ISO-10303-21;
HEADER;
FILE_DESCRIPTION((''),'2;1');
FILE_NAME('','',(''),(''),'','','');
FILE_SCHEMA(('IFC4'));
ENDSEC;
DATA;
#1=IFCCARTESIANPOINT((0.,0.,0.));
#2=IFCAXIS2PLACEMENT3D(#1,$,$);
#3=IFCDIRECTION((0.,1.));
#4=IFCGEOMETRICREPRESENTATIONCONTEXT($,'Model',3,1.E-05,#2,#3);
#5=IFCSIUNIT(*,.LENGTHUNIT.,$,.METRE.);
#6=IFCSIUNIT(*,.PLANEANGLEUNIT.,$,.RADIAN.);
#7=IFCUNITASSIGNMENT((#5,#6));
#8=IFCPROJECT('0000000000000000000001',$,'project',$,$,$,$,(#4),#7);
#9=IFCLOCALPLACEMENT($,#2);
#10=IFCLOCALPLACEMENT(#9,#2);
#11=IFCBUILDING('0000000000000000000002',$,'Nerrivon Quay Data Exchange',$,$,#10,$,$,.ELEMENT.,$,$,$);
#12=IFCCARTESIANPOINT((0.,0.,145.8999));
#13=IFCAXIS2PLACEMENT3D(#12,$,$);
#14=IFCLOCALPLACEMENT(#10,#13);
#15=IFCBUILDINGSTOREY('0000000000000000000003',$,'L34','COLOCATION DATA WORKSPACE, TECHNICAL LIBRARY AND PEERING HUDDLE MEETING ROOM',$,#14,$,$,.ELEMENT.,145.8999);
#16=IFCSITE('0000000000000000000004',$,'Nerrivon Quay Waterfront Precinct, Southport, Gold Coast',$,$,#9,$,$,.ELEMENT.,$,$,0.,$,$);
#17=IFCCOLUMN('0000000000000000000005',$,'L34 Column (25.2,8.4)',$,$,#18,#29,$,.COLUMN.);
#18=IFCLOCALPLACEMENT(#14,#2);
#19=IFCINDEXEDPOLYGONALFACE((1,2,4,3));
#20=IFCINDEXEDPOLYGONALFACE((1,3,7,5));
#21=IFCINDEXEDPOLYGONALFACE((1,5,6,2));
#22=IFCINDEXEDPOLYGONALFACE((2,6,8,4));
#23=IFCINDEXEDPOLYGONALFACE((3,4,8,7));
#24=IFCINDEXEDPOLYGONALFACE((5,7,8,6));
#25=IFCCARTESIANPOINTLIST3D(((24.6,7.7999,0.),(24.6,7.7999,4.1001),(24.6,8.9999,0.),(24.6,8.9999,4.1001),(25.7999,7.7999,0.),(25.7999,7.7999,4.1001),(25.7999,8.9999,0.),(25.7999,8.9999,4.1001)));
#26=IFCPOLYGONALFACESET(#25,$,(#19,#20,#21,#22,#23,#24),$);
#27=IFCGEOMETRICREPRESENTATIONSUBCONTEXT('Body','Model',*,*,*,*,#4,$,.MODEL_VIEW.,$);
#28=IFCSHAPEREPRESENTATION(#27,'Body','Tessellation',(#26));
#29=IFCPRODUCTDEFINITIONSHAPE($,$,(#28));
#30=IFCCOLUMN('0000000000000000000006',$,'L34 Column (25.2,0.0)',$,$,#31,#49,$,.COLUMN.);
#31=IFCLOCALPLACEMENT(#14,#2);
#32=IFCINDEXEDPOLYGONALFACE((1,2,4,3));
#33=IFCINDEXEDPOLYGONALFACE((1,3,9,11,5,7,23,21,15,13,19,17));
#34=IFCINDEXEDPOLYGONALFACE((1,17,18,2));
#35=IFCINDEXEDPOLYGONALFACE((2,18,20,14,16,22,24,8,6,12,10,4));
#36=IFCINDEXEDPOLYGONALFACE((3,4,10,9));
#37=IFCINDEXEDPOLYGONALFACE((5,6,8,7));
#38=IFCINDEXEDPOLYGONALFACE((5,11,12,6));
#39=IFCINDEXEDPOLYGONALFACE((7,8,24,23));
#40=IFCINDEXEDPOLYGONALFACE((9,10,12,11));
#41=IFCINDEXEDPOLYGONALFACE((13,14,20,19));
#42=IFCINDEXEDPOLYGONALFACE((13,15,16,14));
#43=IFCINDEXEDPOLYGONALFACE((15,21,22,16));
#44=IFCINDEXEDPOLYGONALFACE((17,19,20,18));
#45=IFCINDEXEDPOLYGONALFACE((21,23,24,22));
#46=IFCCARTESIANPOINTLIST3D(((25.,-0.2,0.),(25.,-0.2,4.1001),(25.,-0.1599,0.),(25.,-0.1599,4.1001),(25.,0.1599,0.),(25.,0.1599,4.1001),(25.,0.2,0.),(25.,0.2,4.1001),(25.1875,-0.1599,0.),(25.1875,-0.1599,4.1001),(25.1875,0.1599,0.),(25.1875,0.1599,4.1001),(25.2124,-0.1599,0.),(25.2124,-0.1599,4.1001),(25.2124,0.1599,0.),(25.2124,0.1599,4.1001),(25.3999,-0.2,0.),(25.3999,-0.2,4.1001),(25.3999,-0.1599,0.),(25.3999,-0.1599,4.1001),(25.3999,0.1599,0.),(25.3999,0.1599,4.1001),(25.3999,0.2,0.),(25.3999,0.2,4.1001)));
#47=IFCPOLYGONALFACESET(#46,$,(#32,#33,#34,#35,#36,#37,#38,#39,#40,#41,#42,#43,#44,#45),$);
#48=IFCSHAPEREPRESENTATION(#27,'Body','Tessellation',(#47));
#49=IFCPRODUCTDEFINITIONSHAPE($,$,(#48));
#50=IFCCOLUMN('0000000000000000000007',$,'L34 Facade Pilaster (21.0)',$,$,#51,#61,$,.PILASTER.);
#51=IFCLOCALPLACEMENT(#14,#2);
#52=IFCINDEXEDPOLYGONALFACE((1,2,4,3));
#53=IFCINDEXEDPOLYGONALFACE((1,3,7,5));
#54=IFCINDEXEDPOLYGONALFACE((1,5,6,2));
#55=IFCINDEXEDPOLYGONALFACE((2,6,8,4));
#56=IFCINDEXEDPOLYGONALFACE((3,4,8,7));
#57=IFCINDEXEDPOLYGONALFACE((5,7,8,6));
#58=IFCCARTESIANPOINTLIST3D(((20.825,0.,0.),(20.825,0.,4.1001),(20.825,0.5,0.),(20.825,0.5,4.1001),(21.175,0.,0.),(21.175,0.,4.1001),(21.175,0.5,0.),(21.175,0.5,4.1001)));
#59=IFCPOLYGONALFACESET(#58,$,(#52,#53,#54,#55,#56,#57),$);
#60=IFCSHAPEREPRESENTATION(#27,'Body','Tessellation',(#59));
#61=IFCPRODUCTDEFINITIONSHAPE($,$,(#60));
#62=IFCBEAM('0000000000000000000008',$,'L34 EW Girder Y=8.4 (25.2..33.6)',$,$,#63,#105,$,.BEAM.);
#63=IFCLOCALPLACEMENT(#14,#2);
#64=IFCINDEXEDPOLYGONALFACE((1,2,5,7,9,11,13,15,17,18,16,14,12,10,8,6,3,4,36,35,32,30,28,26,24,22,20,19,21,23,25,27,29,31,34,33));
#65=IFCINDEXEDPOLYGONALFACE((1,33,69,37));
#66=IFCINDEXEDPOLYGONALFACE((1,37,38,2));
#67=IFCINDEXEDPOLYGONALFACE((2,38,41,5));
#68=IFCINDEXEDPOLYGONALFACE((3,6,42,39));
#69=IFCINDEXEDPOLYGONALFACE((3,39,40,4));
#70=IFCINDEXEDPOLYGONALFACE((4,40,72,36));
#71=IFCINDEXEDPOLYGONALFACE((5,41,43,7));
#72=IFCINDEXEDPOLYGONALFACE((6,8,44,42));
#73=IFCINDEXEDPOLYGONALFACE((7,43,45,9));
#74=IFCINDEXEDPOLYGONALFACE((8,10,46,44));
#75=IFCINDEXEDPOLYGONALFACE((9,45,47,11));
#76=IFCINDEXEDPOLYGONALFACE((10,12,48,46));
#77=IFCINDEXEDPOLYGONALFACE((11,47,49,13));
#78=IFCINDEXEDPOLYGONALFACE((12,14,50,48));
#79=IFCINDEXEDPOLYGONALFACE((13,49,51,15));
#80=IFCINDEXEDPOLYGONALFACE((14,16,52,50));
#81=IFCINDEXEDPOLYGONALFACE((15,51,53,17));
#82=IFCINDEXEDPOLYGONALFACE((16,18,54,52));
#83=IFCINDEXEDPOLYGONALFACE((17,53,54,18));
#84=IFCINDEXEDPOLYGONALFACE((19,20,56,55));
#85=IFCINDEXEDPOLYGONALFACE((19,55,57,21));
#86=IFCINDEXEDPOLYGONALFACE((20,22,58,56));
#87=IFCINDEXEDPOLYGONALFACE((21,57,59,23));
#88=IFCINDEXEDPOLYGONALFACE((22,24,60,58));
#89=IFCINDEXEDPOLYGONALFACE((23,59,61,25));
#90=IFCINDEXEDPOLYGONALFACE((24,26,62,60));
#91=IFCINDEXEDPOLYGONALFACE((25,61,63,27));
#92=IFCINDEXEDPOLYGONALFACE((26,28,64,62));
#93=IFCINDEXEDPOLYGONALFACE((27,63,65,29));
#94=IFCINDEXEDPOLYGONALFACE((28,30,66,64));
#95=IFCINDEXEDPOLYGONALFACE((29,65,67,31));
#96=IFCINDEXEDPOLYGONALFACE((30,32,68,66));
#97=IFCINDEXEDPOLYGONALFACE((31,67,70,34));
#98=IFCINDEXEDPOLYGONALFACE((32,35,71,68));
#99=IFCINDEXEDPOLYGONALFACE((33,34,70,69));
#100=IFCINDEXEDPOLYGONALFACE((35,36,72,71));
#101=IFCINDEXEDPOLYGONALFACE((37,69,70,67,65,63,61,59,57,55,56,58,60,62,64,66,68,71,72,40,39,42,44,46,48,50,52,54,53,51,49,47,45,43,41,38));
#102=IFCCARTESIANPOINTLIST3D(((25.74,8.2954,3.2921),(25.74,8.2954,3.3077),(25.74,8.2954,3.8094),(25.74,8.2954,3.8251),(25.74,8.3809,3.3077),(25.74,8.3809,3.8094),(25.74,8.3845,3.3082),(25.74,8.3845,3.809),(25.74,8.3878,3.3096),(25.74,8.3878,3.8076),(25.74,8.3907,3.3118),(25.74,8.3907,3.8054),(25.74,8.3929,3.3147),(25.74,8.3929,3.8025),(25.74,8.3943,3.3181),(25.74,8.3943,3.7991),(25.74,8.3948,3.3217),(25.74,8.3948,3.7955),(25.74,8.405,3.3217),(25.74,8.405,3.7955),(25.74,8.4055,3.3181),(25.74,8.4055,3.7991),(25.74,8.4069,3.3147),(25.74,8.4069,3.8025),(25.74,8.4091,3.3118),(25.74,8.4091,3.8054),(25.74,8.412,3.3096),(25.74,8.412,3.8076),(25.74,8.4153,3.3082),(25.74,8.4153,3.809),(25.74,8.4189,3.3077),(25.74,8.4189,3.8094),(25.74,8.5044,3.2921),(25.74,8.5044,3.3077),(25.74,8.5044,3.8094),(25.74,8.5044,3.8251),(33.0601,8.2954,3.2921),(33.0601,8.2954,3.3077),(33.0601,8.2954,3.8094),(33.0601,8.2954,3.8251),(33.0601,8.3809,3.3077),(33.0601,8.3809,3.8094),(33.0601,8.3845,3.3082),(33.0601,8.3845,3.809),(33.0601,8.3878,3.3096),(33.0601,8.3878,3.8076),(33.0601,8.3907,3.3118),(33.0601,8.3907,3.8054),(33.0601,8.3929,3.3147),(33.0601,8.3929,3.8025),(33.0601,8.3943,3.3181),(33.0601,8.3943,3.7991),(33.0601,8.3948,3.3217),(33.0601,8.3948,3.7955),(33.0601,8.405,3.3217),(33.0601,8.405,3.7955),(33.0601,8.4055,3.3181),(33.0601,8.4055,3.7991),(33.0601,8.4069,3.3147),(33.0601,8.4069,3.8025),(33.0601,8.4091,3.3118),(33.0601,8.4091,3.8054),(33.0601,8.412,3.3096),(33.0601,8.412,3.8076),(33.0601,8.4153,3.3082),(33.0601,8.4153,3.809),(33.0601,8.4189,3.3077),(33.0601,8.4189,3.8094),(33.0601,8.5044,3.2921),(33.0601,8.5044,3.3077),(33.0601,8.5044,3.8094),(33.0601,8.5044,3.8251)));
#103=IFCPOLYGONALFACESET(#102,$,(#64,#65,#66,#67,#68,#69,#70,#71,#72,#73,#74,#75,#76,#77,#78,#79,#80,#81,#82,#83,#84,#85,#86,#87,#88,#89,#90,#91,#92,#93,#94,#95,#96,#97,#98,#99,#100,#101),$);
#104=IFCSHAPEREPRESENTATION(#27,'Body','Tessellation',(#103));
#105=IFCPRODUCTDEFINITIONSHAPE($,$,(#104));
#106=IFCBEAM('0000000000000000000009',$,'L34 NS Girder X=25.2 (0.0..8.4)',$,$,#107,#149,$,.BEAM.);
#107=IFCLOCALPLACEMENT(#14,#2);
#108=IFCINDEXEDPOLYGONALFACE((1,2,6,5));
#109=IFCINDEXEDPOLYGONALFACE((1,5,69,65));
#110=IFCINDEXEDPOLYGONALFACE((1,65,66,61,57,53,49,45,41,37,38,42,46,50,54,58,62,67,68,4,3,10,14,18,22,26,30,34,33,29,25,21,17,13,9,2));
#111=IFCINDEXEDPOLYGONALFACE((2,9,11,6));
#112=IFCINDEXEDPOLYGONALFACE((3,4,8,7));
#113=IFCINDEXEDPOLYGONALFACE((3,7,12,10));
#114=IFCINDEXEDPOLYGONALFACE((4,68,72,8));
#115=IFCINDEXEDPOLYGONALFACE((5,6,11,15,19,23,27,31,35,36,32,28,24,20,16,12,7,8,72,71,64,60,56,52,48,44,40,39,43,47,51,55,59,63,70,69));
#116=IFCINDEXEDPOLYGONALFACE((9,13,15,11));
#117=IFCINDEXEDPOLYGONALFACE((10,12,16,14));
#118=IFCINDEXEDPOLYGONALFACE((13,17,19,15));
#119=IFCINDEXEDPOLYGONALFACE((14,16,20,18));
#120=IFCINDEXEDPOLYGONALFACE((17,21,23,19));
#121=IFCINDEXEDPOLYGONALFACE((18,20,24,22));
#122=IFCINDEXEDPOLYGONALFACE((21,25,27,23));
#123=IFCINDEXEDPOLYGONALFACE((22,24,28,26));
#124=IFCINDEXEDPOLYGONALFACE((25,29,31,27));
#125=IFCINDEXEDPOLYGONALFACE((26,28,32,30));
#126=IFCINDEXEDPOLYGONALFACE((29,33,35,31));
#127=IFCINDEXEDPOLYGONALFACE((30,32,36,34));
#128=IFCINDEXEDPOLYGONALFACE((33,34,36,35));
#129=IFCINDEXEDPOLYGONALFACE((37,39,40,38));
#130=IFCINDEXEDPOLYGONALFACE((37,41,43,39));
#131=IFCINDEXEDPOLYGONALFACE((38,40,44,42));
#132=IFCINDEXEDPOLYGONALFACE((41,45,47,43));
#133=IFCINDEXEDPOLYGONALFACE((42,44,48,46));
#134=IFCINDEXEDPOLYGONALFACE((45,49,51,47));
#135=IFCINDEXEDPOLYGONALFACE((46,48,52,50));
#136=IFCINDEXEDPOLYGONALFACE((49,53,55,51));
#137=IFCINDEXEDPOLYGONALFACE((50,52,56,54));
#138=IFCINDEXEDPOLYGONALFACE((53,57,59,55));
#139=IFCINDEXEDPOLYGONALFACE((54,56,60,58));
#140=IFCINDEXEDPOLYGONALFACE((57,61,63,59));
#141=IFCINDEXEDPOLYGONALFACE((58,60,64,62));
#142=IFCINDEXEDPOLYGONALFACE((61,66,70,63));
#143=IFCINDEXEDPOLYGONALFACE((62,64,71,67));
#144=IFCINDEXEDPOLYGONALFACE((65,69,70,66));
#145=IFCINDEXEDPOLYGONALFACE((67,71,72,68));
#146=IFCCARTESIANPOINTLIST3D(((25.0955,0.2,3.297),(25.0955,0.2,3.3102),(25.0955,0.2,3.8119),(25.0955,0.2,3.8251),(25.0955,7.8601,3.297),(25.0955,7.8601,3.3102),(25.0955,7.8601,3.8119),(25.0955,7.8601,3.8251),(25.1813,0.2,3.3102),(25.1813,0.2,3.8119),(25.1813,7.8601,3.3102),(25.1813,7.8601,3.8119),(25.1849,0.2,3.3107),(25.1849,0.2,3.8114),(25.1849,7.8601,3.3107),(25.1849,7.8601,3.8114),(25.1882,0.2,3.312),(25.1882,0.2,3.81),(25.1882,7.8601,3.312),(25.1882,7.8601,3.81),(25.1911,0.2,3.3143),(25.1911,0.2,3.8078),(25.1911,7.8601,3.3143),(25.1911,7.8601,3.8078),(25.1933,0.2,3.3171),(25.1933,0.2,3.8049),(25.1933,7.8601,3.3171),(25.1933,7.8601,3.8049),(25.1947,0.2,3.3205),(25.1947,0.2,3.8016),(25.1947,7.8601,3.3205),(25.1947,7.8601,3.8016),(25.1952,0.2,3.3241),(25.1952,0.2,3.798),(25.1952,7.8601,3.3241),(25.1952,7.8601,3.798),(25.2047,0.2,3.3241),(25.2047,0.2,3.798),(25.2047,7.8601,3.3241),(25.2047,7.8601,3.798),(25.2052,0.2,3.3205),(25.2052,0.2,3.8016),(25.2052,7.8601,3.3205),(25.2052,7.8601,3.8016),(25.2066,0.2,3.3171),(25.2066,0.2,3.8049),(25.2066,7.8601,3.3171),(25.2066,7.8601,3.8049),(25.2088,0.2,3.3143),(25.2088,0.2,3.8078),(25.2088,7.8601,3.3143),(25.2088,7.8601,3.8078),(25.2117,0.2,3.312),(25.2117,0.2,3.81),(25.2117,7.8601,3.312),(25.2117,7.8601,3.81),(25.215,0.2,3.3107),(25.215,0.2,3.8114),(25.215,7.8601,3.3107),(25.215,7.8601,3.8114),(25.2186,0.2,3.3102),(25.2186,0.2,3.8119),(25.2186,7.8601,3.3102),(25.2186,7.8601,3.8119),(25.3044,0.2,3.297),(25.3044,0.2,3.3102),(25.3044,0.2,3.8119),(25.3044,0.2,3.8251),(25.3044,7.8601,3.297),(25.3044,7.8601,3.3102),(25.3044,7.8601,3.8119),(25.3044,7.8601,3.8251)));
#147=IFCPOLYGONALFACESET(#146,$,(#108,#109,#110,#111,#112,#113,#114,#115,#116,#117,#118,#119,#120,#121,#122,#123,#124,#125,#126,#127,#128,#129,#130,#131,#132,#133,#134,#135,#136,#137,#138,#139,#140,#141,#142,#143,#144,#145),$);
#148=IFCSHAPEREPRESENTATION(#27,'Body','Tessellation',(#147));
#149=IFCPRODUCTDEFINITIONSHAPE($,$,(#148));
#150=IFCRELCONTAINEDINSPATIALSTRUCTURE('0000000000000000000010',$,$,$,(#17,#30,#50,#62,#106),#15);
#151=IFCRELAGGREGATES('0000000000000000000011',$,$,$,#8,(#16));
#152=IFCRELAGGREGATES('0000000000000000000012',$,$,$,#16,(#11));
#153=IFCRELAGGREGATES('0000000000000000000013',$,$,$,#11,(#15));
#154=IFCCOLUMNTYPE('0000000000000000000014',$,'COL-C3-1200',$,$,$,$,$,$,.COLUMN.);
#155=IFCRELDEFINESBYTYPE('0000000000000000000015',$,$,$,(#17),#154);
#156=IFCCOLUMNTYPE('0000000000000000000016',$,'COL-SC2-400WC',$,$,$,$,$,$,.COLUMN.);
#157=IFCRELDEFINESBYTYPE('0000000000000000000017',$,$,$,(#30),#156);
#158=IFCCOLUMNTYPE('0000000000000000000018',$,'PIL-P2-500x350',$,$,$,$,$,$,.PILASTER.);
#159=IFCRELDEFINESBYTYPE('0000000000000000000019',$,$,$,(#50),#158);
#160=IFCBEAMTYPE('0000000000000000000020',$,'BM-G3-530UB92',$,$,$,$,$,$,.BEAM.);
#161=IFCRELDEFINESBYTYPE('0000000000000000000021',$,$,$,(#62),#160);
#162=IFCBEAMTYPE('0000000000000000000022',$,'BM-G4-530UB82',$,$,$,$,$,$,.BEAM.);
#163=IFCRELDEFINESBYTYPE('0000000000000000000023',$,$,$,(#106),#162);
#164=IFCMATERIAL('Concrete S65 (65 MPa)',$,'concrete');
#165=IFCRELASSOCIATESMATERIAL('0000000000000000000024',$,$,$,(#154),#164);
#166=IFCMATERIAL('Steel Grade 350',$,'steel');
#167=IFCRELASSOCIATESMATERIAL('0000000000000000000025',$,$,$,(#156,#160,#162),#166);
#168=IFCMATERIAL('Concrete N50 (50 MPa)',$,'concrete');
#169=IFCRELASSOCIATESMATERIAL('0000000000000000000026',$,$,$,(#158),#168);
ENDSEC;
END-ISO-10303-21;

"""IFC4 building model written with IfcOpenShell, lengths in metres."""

from ifc_helpers import new_model, si_unit, direction, frame, origin, origin_2d, place, context, subcontext, project, spatial, rectangle, i_section, extrude, material, material_profile, profile_set, type_object, element, save


model = new_model("IFC4")

# Units and contexts
model_context = context("Model", 3, precision=1e-05, world=origin(), true_north=direction((0.0, 1.0)))
body_context = subcontext(model_context, "Body", "Model", "MODEL_VIEW")
ifc_project = project(units=[si_unit("LENGTHUNIT", "METRE"), si_unit("PLANEANGLEUNIT", "RADIAN")], contexts=[model_context])

# Site, building, storey
site_placement = place(None, origin())
site = spatial("IfcSite", under=ifc_project, at=site_placement, Name="Nerrivon Quay Waterfront Precinct, Southport, Gold Coast", CompositionType="ELEMENT", RefElevation=0.0)
building_placement = place(site_placement, origin())
building = spatial("IfcBuilding", under=site, at=building_placement, Name="Nerrivon Quay Data Exchange", CompositionType="ELEMENT")
storey_placement = place(building_placement, frame((0.0, 0.0, 145.8999)))
storey = spatial("IfcBuildingStorey", under=building, at=storey_placement, Name="L34", Description="COLOCATION DATA WORKSPACE, TECHNICAL LIBRARY AND PEERING HUDDLE MEETING ROOM", CompositionType="ELEMENT", Elevation=145.8999)

# Columns
ifc_material_1 = material(Name="Concrete S65 (65 MPa)", Category="concrete")
ifc_material_profile_1 = material_profile(ifc_material_1, rectangle(XDim=1.2, YDim=1.2, at=origin_2d()), Name="RC-COL-1200x1200")
ifc_profile_set_1 = profile_set([ifc_material_profile_1], Name="Concrete S65 (65 MPa)")
column_type_1 = type_object("IfcColumnType", Name="COL-C3-1200", PredefinedType="COLUMN", material=ifc_profile_set_1)
column_1_placement = place(storey_placement, frame((25.2, 8.3999, 0.0), z_axis=(0.0, 0.0, 1.0), x_axis=(1.0, 0.0, 0.0)))
element("IfcColumn", 1, at=column_1_placement, inside=storey, type_object=column_type_1, Name="L34 Column (25.2,8.4)", PredefinedType="COLUMN", context=body_context, shape_type="SweptSolid", body=[
    extrude(rectangle(XDim=1.2, YDim=1.2, at=origin_2d()), origin(), (0.0, 0.0, 1.0), 4.1001),
])
ifc_material_2 = material(Name="Steel Grade 350", Category="steel")
ifc_material_profile_2 = material_profile(ifc_material_2, i_section(OverallWidth=0.3999, OverallDepth=0.3999, WebThickness=0.0249, FlangeThickness=0.04, at=origin_2d()), Name="400WC328")
ifc_profile_set_2 = profile_set([ifc_material_profile_2], Name="Steel Grade 350")
column_type_2 = type_object("IfcColumnType", Name="COL-SC2-400WC", PredefinedType="COLUMN", material=ifc_profile_set_2)
column_2_placement = place(storey_placement, frame((25.2, 0.0, 0.0), z_axis=(0.0, 0.0, 1.0), x_axis=(1.0, 0.0, 0.0)))
element("IfcColumn", 2, at=column_2_placement, inside=storey, type_object=column_type_2, Name="L34 Column (25.2,0.0)", PredefinedType="COLUMN", context=body_context, shape_type="SweptSolid", body=[
    extrude(i_section(OverallWidth=0.3999, OverallDepth=0.3999, WebThickness=0.0249, FlangeThickness=0.04, at=origin_2d()), origin(), (0.0, 0.0, 1.0), 4.1001),
])
ifc_material_3 = material(Name="Concrete N50 (50 MPa)", Category="concrete")
ifc_material_profile_3 = material_profile(ifc_material_3, rectangle(XDim=0.3501, YDim=0.5, at=origin_2d()), Name="RC-PIL-500x350")
ifc_profile_set_3 = profile_set([ifc_material_profile_3], Name="Concrete N50 (50 MPa)")
column_type_3 = type_object("IfcColumnType", Name="PIL-P2-500x350", PredefinedType="PILASTER", material=ifc_profile_set_3)
column_3_placement = place(storey_placement, frame((21.0, 0.25, 0.0), z_axis=(0.0, 0.0, 1.0), x_axis=(1.0, 0.0, 0.0)))
element("IfcColumn", 3, at=column_3_placement, inside=storey, type_object=column_type_3, Name="L34 Facade Pilaster (21.0)", PredefinedType="PILASTER", context=body_context, shape_type="SweptSolid", body=[
    extrude(rectangle(XDim=0.3501, YDim=0.5, at=origin_2d()), origin(), (0.0, 0.0, 1.0), 4.1001),
])

# Beams
ifc_material_profile_4 = material_profile(ifc_material_2, i_section(OverallWidth=0.209, OverallDepth=0.533, WebThickness=0.0103, FlangeThickness=0.0156, FilletRadius=0.0139, at=origin_2d()), Name="530UB92.4")
ifc_profile_set_4 = profile_set([ifc_material_profile_4], Name="Steel Grade 350")
beam_type_1 = type_object("IfcBeamType", Name="BM-G3-530UB92", PredefinedType="BEAM", material=ifc_profile_set_4)
beam_1_placement = place(storey_placement, frame((25.74, 8.3999, 3.5586), z_axis=(1.0, 0.0, 0.0), x_axis=(0.0, 1.0, 0.0)))
element("IfcBeam", 4, at=beam_1_placement, inside=storey, type_object=beam_type_1, Name="L34 EW Girder Y=8.4 (25.2..33.6)", PredefinedType="BEAM", context=body_context, shape_type="SweptSolid", body=[
    extrude(i_section(OverallWidth=0.209, OverallDepth=0.533, WebThickness=0.0103, FlangeThickness=0.0156, FilletRadius=0.0139, at=origin_2d()), origin(), (0.0, 0.0, 1.0), 7.3201),
])
ifc_material_profile_5 = material_profile(ifc_material_2, i_section(OverallWidth=0.209, OverallDepth=0.5281, WebThickness=0.0095, FlangeThickness=0.0132, FilletRadius=0.0139, at=origin_2d()), Name="530UB82.0")
ifc_profile_set_5 = profile_set([ifc_material_profile_5], Name="Steel Grade 350")
beam_type_2 = type_object("IfcBeamType", Name="BM-G4-530UB82", PredefinedType="BEAM", material=ifc_profile_set_5)
beam_2_placement = place(storey_placement, frame((25.2, 0.2, 3.561), z_axis=(0.0, 1.0, 0.0), x_axis=(-1.0, 0.0, 0.0)))
element("IfcBeam", 5, at=beam_2_placement, inside=storey, type_object=beam_type_2, Name="L34 NS Girder X=25.2 (0.0..8.4)", PredefinedType="BEAM", context=body_context, shape_type="SweptSolid", body=[
    extrude(i_section(OverallWidth=0.209, OverallDepth=0.5281, WebThickness=0.0095, FlangeThickness=0.0132, FilletRadius=0.0139, at=origin_2d()), origin(), (0.0, 0.0, 1.0), 7.6602),
])

save(model, "model.ifc")
